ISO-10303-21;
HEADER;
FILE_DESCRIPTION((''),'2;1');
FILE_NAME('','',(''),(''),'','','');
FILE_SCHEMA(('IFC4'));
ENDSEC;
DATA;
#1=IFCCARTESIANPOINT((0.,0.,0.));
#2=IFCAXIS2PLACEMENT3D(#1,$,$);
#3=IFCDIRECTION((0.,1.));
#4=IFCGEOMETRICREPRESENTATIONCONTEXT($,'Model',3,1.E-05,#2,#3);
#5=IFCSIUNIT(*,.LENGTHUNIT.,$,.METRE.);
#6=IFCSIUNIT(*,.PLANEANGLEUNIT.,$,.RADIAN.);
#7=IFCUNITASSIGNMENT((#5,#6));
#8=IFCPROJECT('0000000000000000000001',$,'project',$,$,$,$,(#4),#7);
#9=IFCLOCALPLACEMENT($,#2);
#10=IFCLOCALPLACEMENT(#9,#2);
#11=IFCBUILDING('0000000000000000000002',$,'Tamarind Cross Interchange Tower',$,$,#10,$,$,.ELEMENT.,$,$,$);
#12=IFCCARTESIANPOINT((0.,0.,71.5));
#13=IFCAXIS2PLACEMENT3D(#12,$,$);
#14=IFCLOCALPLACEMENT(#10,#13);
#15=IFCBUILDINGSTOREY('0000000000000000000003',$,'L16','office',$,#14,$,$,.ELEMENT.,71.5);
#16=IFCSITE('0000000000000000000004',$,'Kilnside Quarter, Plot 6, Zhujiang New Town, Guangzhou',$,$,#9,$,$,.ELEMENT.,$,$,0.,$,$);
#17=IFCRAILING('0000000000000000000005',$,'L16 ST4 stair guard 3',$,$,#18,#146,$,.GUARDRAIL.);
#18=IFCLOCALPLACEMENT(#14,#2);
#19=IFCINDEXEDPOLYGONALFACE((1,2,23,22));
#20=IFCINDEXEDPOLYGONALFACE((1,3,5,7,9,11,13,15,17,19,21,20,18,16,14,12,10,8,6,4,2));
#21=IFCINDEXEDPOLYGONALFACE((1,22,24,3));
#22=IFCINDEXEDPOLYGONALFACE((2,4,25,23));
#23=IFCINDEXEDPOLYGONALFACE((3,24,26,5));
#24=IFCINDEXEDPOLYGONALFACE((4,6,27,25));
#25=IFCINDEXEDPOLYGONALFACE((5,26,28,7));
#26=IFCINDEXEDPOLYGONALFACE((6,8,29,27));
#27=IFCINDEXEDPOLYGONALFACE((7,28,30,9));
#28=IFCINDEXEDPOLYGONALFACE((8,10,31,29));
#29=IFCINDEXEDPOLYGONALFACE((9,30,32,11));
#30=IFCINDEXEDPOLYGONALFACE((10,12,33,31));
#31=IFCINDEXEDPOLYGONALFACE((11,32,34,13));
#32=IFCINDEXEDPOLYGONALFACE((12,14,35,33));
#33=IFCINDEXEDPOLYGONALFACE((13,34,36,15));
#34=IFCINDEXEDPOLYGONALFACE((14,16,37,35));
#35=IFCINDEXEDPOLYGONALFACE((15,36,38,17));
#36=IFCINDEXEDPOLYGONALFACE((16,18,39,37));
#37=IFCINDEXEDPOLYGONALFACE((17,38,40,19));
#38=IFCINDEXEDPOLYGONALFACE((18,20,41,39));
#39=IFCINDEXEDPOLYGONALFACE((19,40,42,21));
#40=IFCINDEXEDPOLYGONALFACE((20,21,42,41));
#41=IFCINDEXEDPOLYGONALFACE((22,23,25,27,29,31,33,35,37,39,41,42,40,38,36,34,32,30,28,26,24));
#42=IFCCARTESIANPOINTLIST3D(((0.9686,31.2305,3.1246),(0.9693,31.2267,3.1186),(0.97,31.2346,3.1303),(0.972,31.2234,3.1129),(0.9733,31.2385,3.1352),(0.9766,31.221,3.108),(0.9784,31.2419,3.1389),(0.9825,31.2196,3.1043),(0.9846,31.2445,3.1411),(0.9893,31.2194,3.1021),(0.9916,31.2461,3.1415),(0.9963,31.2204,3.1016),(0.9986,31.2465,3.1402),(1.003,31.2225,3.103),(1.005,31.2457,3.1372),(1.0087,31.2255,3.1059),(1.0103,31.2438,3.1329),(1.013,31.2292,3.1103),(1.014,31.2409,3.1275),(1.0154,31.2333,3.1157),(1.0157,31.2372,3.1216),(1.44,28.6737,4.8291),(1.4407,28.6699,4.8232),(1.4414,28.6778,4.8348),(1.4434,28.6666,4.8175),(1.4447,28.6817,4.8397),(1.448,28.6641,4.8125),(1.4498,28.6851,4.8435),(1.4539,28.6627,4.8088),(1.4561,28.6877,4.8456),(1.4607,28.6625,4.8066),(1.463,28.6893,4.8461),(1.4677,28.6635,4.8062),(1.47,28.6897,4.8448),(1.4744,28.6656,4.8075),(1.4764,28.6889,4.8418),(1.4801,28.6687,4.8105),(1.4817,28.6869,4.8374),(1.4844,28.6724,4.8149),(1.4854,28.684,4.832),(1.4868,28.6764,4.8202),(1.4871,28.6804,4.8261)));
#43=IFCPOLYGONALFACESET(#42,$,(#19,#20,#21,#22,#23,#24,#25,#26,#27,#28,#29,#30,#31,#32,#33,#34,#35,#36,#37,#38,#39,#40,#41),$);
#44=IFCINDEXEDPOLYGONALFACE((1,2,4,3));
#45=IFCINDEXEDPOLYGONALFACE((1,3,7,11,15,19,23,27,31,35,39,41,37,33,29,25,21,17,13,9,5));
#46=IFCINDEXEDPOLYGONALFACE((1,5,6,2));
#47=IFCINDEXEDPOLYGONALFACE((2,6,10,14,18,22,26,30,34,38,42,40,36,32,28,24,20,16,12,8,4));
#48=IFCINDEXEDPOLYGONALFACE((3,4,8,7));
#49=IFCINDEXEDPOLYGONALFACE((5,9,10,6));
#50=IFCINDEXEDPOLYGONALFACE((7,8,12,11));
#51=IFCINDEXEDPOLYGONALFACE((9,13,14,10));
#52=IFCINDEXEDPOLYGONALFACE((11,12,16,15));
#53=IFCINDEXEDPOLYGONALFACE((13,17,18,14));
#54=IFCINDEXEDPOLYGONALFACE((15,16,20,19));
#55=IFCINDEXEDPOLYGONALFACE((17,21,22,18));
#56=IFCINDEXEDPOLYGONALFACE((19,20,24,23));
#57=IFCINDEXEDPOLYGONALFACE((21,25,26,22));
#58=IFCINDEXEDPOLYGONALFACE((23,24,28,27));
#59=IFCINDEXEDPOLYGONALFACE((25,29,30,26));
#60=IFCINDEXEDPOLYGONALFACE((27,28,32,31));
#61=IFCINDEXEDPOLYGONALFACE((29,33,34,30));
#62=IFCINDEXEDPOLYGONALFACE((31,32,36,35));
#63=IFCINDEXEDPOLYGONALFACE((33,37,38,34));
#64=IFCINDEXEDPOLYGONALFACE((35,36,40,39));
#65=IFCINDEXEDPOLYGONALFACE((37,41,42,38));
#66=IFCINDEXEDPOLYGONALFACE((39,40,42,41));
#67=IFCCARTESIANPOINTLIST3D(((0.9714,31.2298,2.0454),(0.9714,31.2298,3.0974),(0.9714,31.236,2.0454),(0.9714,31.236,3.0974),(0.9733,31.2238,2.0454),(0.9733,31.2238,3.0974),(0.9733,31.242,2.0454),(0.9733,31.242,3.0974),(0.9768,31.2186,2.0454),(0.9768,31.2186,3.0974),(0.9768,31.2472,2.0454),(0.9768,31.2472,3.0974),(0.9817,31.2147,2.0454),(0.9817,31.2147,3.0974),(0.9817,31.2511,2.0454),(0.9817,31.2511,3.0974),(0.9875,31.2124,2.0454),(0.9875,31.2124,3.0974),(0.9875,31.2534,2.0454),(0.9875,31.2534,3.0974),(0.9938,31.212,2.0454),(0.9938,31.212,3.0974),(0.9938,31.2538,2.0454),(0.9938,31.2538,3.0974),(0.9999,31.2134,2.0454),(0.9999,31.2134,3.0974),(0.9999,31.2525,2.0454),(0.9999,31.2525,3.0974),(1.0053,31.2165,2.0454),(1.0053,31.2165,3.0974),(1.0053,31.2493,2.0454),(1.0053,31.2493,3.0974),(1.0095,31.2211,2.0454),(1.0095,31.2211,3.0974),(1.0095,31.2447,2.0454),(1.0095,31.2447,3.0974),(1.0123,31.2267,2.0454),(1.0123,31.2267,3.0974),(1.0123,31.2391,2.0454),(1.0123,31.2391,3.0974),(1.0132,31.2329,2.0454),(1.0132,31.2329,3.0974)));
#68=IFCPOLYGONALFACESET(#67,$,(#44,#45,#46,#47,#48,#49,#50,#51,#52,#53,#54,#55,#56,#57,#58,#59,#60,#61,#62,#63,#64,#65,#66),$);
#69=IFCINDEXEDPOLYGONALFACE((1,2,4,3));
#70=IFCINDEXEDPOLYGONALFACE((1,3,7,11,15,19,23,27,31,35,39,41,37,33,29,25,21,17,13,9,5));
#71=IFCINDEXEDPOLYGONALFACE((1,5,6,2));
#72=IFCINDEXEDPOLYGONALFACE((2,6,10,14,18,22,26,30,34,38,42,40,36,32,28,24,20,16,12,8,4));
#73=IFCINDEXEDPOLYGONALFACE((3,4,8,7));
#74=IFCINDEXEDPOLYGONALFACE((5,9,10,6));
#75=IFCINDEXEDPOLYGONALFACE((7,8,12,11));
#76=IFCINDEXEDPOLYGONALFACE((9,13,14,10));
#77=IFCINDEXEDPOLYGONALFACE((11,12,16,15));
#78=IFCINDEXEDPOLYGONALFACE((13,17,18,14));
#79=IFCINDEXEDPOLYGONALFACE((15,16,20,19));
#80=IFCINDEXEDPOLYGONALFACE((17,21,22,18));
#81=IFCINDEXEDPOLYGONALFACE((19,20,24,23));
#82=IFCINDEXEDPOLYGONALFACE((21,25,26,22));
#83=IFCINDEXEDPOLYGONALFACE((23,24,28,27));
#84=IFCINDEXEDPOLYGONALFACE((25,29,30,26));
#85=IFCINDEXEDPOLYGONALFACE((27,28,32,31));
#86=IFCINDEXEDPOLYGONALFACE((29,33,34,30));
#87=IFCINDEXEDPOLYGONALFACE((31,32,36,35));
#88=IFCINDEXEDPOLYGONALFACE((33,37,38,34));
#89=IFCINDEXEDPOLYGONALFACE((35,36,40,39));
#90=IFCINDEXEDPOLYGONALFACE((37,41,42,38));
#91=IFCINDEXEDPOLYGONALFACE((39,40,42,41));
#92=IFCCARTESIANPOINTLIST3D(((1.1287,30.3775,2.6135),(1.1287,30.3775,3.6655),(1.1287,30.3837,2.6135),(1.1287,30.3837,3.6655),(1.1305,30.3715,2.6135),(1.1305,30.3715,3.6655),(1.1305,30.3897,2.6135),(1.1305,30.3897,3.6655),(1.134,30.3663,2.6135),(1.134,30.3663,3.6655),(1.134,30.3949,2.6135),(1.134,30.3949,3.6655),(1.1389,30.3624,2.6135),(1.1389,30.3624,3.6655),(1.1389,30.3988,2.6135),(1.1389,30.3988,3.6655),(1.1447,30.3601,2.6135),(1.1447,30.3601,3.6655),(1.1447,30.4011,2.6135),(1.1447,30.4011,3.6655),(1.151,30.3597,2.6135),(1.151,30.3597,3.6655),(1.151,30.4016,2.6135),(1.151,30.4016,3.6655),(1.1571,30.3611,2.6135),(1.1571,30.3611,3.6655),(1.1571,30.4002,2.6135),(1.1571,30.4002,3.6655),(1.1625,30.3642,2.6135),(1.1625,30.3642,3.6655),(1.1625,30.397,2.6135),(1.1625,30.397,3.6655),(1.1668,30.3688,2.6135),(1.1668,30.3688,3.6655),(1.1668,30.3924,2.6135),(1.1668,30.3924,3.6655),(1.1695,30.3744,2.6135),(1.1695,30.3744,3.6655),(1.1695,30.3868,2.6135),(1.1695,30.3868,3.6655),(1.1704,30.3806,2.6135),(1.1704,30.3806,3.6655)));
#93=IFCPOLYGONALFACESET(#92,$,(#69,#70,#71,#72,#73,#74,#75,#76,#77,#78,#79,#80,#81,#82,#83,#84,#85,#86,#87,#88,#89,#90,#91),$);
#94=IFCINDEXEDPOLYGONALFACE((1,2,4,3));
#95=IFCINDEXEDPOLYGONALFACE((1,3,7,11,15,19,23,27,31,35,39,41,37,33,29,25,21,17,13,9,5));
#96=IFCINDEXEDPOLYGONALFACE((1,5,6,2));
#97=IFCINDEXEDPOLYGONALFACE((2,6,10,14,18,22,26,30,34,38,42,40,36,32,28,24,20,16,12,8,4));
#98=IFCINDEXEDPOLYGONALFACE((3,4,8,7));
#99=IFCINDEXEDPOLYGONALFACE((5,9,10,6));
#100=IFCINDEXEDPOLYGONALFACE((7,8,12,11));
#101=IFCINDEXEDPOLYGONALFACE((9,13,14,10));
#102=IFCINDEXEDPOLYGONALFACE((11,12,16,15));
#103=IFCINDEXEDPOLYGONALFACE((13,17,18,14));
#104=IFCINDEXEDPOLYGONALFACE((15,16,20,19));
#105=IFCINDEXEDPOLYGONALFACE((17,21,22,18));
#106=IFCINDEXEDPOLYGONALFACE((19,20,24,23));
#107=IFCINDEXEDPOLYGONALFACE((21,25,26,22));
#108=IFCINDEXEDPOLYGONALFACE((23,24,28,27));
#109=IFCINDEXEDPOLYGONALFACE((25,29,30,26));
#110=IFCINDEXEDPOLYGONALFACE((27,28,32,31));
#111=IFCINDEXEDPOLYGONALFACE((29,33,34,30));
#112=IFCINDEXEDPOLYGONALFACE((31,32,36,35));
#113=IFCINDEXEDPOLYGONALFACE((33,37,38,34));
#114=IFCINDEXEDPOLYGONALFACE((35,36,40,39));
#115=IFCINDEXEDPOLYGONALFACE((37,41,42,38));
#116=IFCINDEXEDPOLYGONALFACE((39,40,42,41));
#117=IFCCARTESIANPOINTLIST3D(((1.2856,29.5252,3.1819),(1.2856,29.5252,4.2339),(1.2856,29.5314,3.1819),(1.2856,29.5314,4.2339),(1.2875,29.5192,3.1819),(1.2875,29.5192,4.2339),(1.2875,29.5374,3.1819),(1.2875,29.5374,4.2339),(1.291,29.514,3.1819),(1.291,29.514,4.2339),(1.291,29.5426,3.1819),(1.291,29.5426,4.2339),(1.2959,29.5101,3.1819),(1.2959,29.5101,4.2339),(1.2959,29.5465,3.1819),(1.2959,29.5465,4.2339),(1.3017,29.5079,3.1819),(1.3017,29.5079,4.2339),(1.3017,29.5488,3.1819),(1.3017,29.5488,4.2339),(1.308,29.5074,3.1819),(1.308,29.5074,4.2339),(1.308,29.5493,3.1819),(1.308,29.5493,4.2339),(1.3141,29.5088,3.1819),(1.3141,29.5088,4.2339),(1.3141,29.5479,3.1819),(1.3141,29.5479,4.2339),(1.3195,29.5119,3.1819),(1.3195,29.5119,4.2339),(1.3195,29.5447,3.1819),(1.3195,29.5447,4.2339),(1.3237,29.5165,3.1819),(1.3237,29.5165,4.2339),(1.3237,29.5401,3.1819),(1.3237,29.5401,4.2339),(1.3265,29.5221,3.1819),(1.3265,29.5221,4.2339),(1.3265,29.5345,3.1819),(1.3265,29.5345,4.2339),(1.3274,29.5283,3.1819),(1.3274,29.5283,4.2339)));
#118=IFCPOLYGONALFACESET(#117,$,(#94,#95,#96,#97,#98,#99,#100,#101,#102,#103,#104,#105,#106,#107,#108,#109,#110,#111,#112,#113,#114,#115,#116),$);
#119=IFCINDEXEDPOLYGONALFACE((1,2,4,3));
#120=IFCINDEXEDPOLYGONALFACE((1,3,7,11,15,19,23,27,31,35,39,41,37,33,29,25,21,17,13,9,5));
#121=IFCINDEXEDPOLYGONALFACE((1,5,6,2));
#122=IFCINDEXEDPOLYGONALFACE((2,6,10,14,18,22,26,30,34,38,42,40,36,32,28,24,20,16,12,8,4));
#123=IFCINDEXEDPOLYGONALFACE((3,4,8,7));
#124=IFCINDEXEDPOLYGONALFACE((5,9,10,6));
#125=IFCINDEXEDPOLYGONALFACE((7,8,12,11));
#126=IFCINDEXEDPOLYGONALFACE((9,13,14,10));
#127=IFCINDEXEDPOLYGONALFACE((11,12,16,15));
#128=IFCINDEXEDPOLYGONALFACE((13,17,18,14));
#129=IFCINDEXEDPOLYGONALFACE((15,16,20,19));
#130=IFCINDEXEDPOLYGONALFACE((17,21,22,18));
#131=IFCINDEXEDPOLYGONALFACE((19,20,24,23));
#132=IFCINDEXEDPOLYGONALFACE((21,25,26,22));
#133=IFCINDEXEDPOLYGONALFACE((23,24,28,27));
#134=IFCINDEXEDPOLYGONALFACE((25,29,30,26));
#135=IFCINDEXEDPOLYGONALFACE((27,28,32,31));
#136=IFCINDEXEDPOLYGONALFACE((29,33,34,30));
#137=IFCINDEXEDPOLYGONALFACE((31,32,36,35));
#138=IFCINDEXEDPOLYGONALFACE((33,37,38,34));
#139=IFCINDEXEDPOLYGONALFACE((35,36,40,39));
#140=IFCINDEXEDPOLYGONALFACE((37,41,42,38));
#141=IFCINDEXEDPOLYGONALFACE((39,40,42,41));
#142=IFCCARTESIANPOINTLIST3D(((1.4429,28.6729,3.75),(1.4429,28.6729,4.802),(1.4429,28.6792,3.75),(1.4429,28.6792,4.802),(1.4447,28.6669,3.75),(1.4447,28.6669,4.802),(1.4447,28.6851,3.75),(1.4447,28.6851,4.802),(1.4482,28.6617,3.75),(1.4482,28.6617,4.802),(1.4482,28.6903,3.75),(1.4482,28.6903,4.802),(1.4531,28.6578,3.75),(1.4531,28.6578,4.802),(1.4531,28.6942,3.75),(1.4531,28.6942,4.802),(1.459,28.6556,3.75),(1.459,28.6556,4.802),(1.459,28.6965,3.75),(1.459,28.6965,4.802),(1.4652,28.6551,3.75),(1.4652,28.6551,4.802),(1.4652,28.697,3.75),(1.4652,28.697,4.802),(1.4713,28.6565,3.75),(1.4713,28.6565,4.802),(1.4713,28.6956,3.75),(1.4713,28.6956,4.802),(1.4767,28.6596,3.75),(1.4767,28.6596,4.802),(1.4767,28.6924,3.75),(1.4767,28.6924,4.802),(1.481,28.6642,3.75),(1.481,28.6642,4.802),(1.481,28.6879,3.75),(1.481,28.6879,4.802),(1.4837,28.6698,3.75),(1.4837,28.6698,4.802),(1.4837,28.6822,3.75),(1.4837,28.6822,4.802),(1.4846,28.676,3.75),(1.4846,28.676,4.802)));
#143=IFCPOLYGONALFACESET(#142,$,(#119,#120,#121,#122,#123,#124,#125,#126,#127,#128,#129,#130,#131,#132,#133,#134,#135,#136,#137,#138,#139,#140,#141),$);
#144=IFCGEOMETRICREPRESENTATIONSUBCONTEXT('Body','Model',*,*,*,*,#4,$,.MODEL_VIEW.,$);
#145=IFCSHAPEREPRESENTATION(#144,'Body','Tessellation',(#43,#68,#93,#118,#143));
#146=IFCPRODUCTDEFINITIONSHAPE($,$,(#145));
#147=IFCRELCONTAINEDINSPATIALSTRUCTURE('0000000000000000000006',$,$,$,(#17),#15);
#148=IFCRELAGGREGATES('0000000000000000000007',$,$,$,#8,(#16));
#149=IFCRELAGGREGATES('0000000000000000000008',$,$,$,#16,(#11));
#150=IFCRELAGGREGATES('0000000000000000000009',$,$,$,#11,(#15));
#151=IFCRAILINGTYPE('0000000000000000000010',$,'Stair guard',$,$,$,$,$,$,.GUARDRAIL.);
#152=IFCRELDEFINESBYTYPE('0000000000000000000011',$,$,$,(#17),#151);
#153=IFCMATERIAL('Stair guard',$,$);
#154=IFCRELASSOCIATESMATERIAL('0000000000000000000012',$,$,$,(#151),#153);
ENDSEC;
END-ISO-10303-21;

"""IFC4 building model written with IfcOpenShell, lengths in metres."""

from ifc_helpers import new_model, si_unit, direction, frame, origin, origin_2d, place, context, subcontext, project, spatial, circle, extrude, material, type_object, element, save


model = new_model("IFC4")

# Units and contexts
model_context = context("Model", 3, precision=1e-05, world=origin(), true_north=direction((0.0, 1.0)))
body_context = subcontext(model_context, "Body", "Model", "MODEL_VIEW")
ifc_project = project(units=[si_unit("LENGTHUNIT", "METRE"), si_unit("PLANEANGLEUNIT", "RADIAN")], contexts=[model_context])

# Site, building, storey
site_placement = place(None, origin())
site = spatial("IfcSite", under=ifc_project, at=site_placement, Name="Kilnside Quarter, Plot 6, Zhujiang New Town, Guangzhou", CompositionType="ELEMENT", RefElevation=0.0)
building_placement = place(site_placement, origin())
building = spatial("IfcBuilding", under=site, at=building_placement, Name="Tamarind Cross Interchange Tower", CompositionType="ELEMENT")
storey_placement = place(building_placement, frame((0.0, 0.0, 71.5)))
storey = spatial("IfcBuildingStorey", under=building, at=storey_placement, Name="L16", Description="office", CompositionType="ELEMENT", Elevation=71.5)

# Railing
ifc_material_1 = material(Name="Stair guard")
railing_type_1 = type_object("IfcRailingType", Name="Stair guard", PredefinedType="GUARDRAIL", material=ifc_material_1)
railing_1_placement = place(storey_placement, frame((0.9922, 31.2329, 2.0454)))
element("IfcRailing", 1, at=railing_1_placement, inside=storey, type_object=railing_type_1, Name="L16 ST4 stair guard 3", PredefinedType="GUARDRAIL", context=body_context, shape_type="SweptSolid", body=[
    extrude(circle(Radius=0.0239, at=origin_2d()), frame((0.0, 0.0, 1.0762), z_axis=(0.151638, -0.822428, 0.548286), x_axis=(0.983424, 0.181323, 0.0)), (0.0, 0.0, 1.0), 3.1089),
    extrude(circle(Radius=0.021, at=origin_2d()), origin(), (0.0, 0.0, 1.0), 1.052),
    extrude(circle(Radius=0.021, at=origin_2d()), frame((0.1572, -0.8523, 0.5681)), (0.0, 0.0, 1.0), 1.052),
    extrude(circle(Radius=0.021, at=origin_2d()), frame((0.3142, -1.7046, 1.1365)), (0.0, 0.0, 1.0), 1.052),
    extrude(circle(Radius=0.021, at=origin_2d()), frame((0.4714, -2.5569, 1.7046)), (0.0, 0.0, 1.0), 1.052),
])

save(model, "model.ifc")
